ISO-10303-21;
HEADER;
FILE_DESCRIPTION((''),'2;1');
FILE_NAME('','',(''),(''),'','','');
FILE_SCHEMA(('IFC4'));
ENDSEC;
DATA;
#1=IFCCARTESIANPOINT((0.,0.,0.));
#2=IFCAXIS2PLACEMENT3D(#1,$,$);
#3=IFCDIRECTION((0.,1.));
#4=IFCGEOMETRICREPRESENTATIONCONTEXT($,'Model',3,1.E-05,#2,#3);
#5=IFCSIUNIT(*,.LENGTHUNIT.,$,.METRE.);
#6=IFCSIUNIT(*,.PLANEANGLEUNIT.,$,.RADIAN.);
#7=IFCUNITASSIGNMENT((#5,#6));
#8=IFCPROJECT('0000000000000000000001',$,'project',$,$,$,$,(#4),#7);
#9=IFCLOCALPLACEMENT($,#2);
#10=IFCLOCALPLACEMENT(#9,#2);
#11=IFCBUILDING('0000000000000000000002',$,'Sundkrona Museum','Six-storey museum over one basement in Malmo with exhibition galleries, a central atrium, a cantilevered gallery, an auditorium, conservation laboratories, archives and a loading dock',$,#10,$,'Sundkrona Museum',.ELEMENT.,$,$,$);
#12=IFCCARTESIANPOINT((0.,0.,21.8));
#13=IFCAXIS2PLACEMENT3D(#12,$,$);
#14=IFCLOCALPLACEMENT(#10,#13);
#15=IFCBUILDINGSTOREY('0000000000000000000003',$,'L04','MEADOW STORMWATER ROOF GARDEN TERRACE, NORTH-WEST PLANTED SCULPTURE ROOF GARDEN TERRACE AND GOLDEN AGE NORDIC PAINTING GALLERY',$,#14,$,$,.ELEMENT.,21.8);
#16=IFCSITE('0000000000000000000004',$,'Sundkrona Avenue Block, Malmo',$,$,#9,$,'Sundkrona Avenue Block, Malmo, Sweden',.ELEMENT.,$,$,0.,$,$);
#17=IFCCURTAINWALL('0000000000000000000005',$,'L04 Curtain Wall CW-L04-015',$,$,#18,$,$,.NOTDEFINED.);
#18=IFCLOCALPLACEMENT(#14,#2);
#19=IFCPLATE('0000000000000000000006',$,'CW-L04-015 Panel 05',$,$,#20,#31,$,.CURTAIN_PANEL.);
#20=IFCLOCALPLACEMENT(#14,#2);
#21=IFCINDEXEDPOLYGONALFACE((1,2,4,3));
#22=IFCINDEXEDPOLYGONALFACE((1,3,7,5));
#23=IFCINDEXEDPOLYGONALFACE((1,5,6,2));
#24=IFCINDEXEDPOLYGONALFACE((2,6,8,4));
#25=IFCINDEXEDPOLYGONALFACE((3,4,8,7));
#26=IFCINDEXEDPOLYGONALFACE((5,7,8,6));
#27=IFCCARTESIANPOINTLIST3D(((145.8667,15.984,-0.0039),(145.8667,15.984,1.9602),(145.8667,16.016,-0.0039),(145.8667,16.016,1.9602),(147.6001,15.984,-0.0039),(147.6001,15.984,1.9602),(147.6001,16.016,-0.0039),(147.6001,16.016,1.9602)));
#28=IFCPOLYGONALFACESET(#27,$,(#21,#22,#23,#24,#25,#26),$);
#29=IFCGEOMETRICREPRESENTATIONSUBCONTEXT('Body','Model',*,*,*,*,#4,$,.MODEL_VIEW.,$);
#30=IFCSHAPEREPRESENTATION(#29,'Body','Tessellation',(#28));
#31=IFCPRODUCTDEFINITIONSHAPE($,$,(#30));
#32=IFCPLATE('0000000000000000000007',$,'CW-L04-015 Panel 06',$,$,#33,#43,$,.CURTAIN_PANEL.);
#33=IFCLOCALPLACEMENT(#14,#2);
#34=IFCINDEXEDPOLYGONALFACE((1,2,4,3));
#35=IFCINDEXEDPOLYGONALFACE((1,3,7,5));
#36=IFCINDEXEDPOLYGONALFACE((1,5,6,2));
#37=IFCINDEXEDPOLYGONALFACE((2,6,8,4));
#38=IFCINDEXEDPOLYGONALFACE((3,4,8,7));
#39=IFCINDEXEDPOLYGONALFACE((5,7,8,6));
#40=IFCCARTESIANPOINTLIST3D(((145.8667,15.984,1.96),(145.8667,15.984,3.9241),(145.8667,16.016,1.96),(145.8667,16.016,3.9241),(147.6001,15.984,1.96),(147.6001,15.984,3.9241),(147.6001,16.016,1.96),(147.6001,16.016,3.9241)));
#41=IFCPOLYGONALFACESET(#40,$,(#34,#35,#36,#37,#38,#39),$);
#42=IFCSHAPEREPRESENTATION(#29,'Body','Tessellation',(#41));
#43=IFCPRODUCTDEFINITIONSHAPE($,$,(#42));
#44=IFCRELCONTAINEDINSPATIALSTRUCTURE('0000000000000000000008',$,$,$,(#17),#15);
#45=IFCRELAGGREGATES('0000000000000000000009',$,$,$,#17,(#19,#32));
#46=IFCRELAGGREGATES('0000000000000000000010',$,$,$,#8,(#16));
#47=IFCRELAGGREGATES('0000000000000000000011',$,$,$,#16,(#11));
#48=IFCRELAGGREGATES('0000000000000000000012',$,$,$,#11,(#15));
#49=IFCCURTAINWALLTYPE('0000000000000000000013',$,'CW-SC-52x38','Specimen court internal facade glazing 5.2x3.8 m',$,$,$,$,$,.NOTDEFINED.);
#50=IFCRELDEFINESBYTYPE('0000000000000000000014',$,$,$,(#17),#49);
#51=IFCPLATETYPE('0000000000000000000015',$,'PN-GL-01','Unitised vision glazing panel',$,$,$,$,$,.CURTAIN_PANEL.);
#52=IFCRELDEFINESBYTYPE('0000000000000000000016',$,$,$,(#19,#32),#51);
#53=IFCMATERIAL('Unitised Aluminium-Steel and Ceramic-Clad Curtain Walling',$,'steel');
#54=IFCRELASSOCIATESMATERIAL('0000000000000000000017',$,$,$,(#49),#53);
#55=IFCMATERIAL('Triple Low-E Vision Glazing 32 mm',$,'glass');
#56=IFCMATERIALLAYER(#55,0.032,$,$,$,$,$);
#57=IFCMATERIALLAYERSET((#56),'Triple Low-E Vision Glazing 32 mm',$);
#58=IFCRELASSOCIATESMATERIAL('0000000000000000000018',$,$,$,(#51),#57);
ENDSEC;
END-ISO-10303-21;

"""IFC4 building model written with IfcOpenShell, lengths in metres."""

from ifc_helpers import new_model, si_unit, direction, frame, origin, origin_2d, place, context, subcontext, project, spatial, rectangle, extrude, material, layer, layer_set, type_object, element, aggregate, save


model = new_model("IFC4")

# Units and contexts
model_context = context("Model", 3, precision=1e-05, world=origin(), true_north=direction((0.0, 1.0)))
body_context = subcontext(model_context, "Body", "Model", "MODEL_VIEW")
ifc_project = project(units=[si_unit("LENGTHUNIT", "METRE"), si_unit("PLANEANGLEUNIT", "RADIAN")], contexts=[model_context])

# Site, building, storey
site_placement = place(None, origin())
site = spatial("IfcSite", under=ifc_project, at=site_placement, Name="Sundkrona Avenue Block, Malmo", LongName="Sundkrona Avenue Block, Malmo, Sweden", CompositionType="ELEMENT", RefElevation=0.0)
building_placement = place(site_placement, origin())
building = spatial("IfcBuilding", under=site, at=building_placement, Name="Sundkrona Museum", Description="Six-storey museum over one basement in Malmo with exhibition galleries, a central atrium, a cantilevered gallery, an auditorium, conservation laboratories, archives and a loading dock", LongName="Sundkrona Museum", CompositionType="ELEMENT")
storey_placement = place(building_placement, frame((0.0, 0.0, 21.8)))
storey = spatial("IfcBuildingStorey", under=building, at=storey_placement, Name="L04", Description="MEADOW STORMWATER ROOF GARDEN TERRACE, NORTH-WEST PLANTED SCULPTURE ROOF GARDEN TERRACE AND GOLDEN AGE NORDIC PAINTING GALLERY", CompositionType="ELEMENT", Elevation=21.8)

# Curtain wall
ifc_material_1 = material(Name="Unitised Aluminium-Steel and Ceramic-Clad Curtain Walling", Category="steel")
curtain_wall_type = type_object("IfcCurtainWallType", Name="CW-SC-52x38", Description="Specimen court internal facade glazing 5.2x3.8 m", PredefinedType="NOTDEFINED", material=ifc_material_1)
curtain_wall_1_placement = place(storey_placement, origin())
curtain_wall_1 = element("IfcCurtainWall", 1, at=curtain_wall_1_placement, inside=storey, type_object=curtain_wall_type, Name="L04 Curtain Wall CW-L04-015", PredefinedType="NOTDEFINED")

# Plates
ifc_material_2 = material(Name="Triple Low-E Vision Glazing 32 mm", Category="glass")
ifc_layer = layer(ifc_material_2, 0.032)
ifc_layer_set = layer_set([ifc_layer], Name="Triple Low-E Vision Glazing 32 mm")
plate_type = type_object("IfcPlateType", Name="PN-GL-01", Description="Unitised vision glazing panel", PredefinedType="CURTAIN_PANEL", material=ifc_layer_set)
plate_1_placement = place(storey_placement, frame((146.7334, 16.0, -0.0039), z_axis=(0.0, 0.0, 1.0), x_axis=(1.0, 0.0, 0.0)))
plate_1 = element("IfcPlate", 2, at=plate_1_placement, type_object=plate_type, Name="CW-L04-015 Panel 05", PredefinedType="CURTAIN_PANEL", context=body_context, shape_type="SweptSolid", body=[
    extrude(rectangle(XDim=1.7334, YDim=0.032, at=origin_2d()), origin(), (0.0, 0.0, 1.0), 1.9641),
])
plate_2_placement = place(storey_placement, frame((146.7334, 16.0, 1.96), z_axis=(0.0, 0.0, 1.0), x_axis=(1.0, 0.0, 0.0)))
plate_2 = element("IfcPlate", 3, at=plate_2_placement, type_object=plate_type, Name="CW-L04-015 Panel 06", PredefinedType="CURTAIN_PANEL", context=body_context, shape_type="SweptSolid", body=[
    extrude(rectangle(XDim=1.7334, YDim=0.032, at=origin_2d()), origin(), (0.0, 0.0, 1.0), 1.9641),
])
aggregate(curtain_wall_1, [plate_1, plate_2])

save(model, "model.ifc")
